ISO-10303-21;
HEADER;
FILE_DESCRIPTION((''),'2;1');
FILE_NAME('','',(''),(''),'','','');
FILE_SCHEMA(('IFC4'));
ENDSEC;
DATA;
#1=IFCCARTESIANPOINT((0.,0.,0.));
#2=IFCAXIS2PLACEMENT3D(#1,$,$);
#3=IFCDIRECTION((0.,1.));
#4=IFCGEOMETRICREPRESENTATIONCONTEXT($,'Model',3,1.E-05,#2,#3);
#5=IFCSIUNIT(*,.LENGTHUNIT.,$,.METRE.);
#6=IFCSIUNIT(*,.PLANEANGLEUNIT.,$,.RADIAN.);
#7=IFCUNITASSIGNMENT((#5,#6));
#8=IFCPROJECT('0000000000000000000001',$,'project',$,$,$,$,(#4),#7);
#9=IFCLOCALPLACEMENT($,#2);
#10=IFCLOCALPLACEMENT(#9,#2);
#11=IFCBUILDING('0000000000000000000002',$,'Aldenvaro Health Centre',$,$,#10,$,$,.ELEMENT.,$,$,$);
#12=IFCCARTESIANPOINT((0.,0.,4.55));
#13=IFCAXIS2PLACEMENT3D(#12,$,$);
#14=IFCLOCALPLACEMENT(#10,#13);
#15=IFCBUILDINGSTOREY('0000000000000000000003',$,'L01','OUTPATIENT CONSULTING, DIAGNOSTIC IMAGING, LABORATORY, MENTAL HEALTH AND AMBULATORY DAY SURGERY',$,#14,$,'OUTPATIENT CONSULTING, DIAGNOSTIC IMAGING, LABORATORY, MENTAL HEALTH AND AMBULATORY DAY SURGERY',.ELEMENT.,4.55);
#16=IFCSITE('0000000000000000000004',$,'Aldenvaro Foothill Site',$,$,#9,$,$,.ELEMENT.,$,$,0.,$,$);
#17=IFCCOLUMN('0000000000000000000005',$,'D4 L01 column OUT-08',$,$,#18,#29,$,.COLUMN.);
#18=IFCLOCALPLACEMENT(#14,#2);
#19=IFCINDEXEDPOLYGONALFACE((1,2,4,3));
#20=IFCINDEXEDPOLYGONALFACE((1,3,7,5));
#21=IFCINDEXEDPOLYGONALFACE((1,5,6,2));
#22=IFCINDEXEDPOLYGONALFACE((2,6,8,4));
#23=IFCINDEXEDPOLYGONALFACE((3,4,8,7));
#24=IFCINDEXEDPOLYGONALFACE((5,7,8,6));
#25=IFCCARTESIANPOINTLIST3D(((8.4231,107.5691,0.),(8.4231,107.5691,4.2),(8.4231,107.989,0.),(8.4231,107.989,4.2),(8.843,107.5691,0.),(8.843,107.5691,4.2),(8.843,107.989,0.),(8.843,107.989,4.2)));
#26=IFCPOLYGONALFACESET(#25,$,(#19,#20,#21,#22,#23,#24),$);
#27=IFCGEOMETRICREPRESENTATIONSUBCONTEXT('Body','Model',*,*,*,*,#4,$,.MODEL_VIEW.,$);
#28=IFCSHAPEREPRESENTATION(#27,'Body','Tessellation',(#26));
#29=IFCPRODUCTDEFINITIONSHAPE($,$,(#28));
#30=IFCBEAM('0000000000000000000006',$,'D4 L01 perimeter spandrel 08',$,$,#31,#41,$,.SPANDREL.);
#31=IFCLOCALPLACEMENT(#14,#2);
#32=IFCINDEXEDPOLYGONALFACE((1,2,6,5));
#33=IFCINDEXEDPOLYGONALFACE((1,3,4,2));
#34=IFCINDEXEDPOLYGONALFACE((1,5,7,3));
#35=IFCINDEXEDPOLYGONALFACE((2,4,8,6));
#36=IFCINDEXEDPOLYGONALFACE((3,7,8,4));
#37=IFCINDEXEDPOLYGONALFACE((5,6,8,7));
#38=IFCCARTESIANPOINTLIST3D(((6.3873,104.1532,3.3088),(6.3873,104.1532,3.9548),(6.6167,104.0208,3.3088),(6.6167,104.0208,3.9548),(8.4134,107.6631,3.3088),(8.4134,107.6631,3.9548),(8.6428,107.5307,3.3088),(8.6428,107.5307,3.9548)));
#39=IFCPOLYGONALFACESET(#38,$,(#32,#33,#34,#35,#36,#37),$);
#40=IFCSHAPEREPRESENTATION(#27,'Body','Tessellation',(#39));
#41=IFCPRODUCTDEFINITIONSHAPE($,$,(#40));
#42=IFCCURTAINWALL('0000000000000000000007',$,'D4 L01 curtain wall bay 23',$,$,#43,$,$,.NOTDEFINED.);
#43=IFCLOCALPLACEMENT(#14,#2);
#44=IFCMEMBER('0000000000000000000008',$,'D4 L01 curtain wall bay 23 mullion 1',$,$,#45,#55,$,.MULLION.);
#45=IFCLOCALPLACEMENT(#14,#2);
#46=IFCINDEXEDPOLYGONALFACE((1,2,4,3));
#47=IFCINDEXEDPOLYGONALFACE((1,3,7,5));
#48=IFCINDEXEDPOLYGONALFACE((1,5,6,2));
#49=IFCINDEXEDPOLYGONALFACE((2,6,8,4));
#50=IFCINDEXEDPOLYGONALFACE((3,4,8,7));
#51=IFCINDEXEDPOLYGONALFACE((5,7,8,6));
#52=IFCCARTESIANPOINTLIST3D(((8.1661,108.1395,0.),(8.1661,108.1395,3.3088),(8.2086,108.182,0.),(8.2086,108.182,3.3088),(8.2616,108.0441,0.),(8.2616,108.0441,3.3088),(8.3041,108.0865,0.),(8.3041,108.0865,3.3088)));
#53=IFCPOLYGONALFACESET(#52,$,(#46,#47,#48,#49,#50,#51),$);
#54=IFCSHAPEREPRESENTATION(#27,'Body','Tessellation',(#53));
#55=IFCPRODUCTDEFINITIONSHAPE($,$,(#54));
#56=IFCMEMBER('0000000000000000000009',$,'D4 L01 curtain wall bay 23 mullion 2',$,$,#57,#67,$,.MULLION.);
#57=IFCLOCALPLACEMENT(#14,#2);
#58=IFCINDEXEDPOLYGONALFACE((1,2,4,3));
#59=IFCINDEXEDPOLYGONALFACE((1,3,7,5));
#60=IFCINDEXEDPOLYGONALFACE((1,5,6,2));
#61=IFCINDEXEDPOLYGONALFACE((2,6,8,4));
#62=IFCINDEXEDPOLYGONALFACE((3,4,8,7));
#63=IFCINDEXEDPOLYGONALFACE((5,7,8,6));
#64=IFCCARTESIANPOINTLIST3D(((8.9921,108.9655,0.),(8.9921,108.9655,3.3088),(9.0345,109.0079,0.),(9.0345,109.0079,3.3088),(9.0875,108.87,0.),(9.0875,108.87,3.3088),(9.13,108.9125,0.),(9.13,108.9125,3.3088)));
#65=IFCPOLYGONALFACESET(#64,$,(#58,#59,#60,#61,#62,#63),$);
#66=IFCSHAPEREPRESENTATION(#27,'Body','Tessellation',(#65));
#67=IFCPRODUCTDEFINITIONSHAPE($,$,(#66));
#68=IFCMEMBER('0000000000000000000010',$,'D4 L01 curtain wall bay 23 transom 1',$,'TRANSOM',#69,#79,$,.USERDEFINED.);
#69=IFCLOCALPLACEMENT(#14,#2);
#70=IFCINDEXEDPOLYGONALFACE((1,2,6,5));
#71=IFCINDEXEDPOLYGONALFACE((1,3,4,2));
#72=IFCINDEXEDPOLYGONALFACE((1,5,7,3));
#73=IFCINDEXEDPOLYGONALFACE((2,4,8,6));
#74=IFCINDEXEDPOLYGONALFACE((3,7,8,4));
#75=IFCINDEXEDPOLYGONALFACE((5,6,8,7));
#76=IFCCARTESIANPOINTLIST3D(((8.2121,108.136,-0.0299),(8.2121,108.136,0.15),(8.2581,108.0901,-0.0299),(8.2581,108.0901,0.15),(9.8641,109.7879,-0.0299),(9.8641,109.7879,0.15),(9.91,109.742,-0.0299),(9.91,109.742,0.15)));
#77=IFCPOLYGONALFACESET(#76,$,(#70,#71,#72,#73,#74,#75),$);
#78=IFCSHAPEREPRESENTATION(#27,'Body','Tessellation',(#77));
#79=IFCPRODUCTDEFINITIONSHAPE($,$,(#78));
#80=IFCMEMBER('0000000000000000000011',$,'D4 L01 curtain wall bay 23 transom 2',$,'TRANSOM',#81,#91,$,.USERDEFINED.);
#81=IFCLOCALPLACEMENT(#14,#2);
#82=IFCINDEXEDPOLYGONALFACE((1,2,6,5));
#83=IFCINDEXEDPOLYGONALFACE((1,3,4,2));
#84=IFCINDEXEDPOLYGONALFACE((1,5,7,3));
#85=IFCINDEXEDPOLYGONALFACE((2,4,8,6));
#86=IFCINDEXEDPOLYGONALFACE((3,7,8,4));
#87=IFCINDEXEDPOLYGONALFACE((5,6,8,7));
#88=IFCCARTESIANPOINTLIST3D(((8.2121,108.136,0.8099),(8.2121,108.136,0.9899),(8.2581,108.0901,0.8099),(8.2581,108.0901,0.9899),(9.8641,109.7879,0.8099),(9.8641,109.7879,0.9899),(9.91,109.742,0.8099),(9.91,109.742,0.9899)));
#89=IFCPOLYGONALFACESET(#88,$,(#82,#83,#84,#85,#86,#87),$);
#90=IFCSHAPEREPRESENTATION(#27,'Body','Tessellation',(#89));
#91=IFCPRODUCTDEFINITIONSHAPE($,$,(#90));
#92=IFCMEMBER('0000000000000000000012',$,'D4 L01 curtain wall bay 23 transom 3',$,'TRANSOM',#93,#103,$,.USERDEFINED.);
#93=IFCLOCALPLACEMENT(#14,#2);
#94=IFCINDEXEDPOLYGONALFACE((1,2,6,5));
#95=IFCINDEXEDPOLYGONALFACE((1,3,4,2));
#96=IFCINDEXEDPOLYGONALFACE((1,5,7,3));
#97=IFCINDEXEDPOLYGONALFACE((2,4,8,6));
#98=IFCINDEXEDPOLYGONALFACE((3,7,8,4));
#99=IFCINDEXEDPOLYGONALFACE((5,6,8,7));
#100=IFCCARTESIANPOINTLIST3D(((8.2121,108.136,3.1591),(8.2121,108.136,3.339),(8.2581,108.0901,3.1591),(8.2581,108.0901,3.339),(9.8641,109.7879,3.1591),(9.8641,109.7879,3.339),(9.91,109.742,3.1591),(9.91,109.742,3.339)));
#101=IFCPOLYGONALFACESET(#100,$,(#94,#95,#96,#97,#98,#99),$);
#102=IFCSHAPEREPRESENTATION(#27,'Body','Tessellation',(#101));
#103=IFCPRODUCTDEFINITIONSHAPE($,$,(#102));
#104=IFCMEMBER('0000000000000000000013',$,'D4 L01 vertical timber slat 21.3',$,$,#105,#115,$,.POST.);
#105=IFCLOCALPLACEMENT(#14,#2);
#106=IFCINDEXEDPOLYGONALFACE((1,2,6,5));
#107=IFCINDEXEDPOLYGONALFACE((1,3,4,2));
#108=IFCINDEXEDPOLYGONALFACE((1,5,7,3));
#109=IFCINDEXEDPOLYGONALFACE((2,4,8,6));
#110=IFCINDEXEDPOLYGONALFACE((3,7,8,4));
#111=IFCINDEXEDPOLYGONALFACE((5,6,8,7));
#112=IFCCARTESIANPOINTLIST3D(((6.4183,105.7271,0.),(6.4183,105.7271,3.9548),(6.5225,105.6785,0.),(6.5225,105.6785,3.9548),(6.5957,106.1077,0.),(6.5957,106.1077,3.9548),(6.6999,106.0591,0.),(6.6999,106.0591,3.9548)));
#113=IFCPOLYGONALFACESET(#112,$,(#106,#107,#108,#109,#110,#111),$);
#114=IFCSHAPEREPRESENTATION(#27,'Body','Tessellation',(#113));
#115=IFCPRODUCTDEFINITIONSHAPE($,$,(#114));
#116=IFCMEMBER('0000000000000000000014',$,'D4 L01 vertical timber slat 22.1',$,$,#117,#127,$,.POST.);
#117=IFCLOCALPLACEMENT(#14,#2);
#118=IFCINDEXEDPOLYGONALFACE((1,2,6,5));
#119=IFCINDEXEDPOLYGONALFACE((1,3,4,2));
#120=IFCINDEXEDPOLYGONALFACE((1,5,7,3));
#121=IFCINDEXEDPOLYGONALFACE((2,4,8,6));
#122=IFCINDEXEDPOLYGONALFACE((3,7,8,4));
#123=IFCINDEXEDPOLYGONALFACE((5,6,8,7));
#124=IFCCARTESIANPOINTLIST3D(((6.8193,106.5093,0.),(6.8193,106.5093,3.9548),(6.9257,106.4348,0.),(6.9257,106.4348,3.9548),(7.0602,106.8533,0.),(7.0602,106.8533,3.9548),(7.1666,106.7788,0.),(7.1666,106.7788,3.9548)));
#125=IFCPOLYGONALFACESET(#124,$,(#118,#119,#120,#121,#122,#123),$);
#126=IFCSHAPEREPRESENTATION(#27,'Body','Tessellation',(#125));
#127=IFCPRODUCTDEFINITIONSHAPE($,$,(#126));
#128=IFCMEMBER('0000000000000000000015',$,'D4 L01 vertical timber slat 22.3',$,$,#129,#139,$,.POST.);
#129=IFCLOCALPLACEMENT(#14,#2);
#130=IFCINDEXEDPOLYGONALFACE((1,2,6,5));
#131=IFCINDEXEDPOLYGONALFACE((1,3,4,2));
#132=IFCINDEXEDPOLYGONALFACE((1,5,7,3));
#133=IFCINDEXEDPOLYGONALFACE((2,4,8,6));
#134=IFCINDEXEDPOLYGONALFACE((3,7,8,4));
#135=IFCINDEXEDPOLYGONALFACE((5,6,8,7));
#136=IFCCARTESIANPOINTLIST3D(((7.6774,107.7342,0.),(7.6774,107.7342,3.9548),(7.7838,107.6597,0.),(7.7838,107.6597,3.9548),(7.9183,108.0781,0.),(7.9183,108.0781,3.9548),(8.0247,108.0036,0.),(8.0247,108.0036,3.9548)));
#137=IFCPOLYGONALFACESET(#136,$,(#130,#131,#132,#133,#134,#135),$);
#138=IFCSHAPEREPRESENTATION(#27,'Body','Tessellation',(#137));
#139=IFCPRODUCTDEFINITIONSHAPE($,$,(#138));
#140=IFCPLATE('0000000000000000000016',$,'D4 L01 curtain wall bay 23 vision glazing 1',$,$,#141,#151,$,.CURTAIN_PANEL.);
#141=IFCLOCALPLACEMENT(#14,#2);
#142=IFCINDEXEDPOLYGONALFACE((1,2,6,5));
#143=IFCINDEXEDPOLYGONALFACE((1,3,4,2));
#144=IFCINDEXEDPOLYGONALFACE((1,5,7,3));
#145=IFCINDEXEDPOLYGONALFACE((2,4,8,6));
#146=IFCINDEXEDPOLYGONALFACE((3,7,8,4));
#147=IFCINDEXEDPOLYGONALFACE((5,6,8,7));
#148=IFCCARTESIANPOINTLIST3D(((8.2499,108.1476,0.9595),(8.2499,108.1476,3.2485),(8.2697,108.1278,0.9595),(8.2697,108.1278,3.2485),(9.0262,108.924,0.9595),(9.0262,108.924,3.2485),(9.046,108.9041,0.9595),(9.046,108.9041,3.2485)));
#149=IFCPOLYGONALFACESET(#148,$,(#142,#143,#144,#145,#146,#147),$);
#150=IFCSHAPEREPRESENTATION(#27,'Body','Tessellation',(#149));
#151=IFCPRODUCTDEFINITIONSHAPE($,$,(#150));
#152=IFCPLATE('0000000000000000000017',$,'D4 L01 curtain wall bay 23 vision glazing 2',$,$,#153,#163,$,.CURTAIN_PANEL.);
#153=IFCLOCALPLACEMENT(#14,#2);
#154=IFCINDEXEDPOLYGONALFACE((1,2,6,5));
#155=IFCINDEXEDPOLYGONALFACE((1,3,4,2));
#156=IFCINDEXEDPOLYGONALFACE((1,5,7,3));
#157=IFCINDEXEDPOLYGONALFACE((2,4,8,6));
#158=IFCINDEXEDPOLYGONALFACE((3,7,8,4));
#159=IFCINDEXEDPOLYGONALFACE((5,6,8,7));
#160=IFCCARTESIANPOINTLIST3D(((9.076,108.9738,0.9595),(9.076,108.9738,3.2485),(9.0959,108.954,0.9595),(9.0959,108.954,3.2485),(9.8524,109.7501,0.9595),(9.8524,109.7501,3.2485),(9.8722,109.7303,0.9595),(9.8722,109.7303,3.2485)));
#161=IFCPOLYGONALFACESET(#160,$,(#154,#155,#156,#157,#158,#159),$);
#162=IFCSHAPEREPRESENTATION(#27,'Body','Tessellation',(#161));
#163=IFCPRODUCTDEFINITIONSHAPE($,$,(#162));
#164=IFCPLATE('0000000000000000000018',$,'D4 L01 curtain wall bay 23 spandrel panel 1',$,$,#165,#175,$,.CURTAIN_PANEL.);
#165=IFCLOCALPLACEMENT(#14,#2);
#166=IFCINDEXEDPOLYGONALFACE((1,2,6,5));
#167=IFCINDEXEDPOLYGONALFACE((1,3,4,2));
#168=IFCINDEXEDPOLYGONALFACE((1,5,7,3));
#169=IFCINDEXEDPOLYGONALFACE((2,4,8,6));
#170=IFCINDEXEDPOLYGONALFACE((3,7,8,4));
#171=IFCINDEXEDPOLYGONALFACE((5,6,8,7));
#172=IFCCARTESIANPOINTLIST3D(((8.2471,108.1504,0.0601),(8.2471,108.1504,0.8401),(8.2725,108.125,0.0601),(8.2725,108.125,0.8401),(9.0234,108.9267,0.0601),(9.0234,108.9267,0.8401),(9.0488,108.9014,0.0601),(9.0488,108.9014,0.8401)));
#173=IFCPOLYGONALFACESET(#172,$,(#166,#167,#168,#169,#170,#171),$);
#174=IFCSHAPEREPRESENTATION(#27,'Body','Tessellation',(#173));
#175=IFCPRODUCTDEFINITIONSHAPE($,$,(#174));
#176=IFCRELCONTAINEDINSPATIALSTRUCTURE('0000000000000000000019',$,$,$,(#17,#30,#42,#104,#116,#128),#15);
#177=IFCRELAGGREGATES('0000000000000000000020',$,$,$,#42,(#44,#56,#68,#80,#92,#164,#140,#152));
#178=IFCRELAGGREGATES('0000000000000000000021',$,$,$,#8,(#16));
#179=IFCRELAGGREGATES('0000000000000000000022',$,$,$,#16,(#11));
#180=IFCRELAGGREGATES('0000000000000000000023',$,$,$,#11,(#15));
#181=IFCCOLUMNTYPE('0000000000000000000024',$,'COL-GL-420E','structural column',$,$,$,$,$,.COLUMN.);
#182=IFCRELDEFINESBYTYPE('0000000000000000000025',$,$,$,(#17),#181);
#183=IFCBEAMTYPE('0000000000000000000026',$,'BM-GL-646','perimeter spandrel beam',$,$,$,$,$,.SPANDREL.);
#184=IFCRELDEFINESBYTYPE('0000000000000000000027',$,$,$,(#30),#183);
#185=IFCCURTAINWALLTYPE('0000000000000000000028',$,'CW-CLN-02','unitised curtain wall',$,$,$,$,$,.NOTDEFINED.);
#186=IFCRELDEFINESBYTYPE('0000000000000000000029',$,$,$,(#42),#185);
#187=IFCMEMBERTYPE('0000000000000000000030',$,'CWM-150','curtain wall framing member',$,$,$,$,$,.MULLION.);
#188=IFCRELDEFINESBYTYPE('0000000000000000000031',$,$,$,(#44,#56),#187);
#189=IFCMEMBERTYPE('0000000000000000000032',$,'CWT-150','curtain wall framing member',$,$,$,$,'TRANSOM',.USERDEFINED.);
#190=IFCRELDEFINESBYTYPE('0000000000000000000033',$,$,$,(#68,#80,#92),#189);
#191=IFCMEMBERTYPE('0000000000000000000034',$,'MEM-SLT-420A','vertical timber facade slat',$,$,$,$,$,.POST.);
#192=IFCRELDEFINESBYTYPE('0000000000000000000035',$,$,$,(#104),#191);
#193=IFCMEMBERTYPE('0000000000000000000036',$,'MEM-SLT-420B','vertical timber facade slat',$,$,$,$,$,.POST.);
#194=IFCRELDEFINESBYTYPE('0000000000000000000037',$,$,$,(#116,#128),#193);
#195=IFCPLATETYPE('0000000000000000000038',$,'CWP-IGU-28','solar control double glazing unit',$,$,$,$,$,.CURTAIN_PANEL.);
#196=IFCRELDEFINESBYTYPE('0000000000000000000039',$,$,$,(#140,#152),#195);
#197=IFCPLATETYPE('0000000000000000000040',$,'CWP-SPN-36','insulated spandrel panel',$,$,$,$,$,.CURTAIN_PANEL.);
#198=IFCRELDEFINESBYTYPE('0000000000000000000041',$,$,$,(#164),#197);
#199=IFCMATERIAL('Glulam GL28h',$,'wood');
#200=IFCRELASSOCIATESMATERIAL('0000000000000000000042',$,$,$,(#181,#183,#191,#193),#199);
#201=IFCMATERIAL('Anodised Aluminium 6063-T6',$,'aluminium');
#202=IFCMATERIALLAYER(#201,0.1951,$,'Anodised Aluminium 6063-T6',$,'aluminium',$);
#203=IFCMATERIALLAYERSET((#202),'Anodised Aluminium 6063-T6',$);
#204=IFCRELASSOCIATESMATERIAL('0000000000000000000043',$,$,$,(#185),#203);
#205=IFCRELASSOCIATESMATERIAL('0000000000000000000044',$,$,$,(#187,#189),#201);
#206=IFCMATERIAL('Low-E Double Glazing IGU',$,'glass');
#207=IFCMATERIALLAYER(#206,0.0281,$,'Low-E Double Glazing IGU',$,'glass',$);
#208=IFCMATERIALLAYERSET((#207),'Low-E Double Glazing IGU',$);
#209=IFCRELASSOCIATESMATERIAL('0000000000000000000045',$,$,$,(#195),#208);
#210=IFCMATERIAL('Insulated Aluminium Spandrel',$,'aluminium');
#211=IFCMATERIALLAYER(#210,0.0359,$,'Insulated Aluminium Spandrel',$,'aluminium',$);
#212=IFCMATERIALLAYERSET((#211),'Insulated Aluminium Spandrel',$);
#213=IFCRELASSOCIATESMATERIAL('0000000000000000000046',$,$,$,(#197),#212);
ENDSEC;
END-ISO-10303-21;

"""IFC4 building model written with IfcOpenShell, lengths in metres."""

from ifc_helpers import new_model, si_unit, direction, frame, origin, origin_2d, place, context, subcontext, project, spatial, rectangle, extrude, material, layer, layer_set, material_profile, profile_set, type_object, element, aggregate, save


model = new_model("IFC4")

# Units and contexts
model_context = context("Model", 3, precision=1e-05, world=origin(), true_north=direction((0.0, 1.0)))
body_context = subcontext(model_context, "Body", "Model", "MODEL_VIEW")
ifc_project = project(units=[si_unit("LENGTHUNIT", "METRE"), si_unit("PLANEANGLEUNIT", "RADIAN")], contexts=[model_context])

# Site, building, storey
site_placement = place(None, origin())
site = spatial("IfcSite", under=ifc_project, at=site_placement, Name="Aldenvaro Foothill Site", CompositionType="ELEMENT", RefElevation=0.0)
building_placement = place(site_placement, origin())
building = spatial("IfcBuilding", under=site, at=building_placement, Name="Aldenvaro Health Centre", CompositionType="ELEMENT")
storey_placement = place(building_placement, frame((0.0, 0.0, 4.55)))
storey = spatial("IfcBuildingStorey", under=building, at=storey_placement, Name="L01", Description="OUTPATIENT CONSULTING, DIAGNOSTIC IMAGING, LABORATORY, MENTAL HEALTH AND AMBULATORY DAY SURGERY", LongName="OUTPATIENT CONSULTING, DIAGNOSTIC IMAGING, LABORATORY, MENTAL HEALTH AND AMBULATORY DAY SURGERY", CompositionType="ELEMENT", Elevation=4.55)

# Column
ifc_material_1 = material(Name="Glulam GL28h", Category="wood")
ifc_material_profile_1 = material_profile(ifc_material_1, rectangle(XDim=0.4199, YDim=0.4199, at=origin_2d()), Name="GL 420x420", Category="wood")
ifc_profile_set_1 = profile_set([ifc_material_profile_1], Name="Glulam GL28h")
column_type = type_object("IfcColumnType", Name="COL-GL-420E", Description="structural column", PredefinedType="COLUMN", material=ifc_profile_set_1)
column_placement = place(storey_placement, frame((8.6331, 107.7791, 0.0), z_axis=(0.0, 0.0, 1.0), x_axis=(1.0, 0.0, 0.0)))
element("IfcColumn", 1, at=column_placement, inside=storey, type_object=column_type, Name="D4 L01 column OUT-08", PredefinedType="COLUMN", context=body_context, shape_type="SweptSolid", body=[
    extrude(rectangle(XDim=0.4199, YDim=0.4199, at=origin_2d()), origin(), (0.0, 0.0, 1.0), 4.2),
])

# Beam
ifc_material_profile_2 = material_profile(ifc_material_1, rectangle(XDim=0.2649, YDim=0.646, at=origin_2d()), Name="GL 265x646", Category="wood")
ifc_profile_set_2 = profile_set([ifc_material_profile_2], Name="Glulam GL28h")
beam_type = type_object("IfcBeamType", Name="BM-GL-646", Description="perimeter spandrel beam", PredefinedType="SPANDREL", material=ifc_profile_set_2)
beam_placement = place(storey_placement, frame((8.5281, 107.5969, 3.6318), z_axis=(-0.499929, -0.866066, 0.0), x_axis=(0.866066, -0.499929, 0.0)))
element("IfcBeam", 2, at=beam_placement, inside=storey, type_object=beam_type, Name="D4 L01 perimeter spandrel 08", PredefinedType="SPANDREL", context=body_context, shape_type="SweptSolid", body=[
    extrude(rectangle(XDim=0.2649, YDim=0.646, at=origin_2d()), origin(), (0.0, 0.0, 1.0), 4.0527),
])

# Curtain wall, members
ifc_material_2 = material(Name="Anodised Aluminium 6063-T6", Category="aluminium")
ifc_layer_1 = layer(ifc_material_2, 0.1951, Name="Anodised Aluminium 6063-T6", Category="aluminium")
ifc_layer_set_1 = layer_set([ifc_layer_1], Name="Anodised Aluminium 6063-T6")
curtain_wall_type = type_object("IfcCurtainWallType", Name="CW-CLN-02", Description="unitised curtain wall", PredefinedType="NOTDEFINED", material=ifc_layer_set_1)
curtain_wall_placement = place(storey_placement, origin())
curtain_wall = element("IfcCurtainWall", 3, at=curtain_wall_placement, inside=storey, type_object=curtain_wall_type, Name="D4 L01 curtain wall bay 23", PredefinedType="NOTDEFINED")
ifc_material_profile_3 = material_profile(ifc_material_2, rectangle(XDim=0.0601, YDim=0.135, at=origin_2d()), Name="ALU 60x135", Category="aluminium")
ifc_profile_set_3 = profile_set([ifc_material_profile_3], Name="Anodised Aluminium 6063-T6")
member_type_1 = type_object("IfcMemberType", Name="CWM-150", Description="curtain wall framing member", PredefinedType="MULLION", material=ifc_profile_set_3)
member_1_placement = place(storey_placement, frame((8.2351, 108.113, 0.0), z_axis=(0.0, 0.0, 1.0), x_axis=(0.707107, 0.707107, 0.0)))
member_1 = element("IfcMember", 4, at=member_1_placement, type_object=member_type_1, Name="D4 L01 curtain wall bay 23 mullion 1", PredefinedType="MULLION", context=body_context, shape_type="SweptSolid", body=[
    extrude(rectangle(XDim=0.0601, YDim=0.135, at=origin_2d()), origin(), (0.0, 0.0, 1.0), 3.3088),
])
member_2_placement = place(storey_placement, frame((9.061, 108.939, 0.0), z_axis=(0.0, 0.0, 1.0), x_axis=(0.707107, 0.707107, 0.0)))
member_2 = element("IfcMember", 5, at=member_2_placement, type_object=member_type_1, Name="D4 L01 curtain wall bay 23 mullion 2", PredefinedType="MULLION", context=body_context, shape_type="SweptSolid", body=[
    extrude(rectangle(XDim=0.0601, YDim=0.135, at=origin_2d()), origin(), (0.0, 0.0, 1.0), 3.3088),
])
ifc_material_profile_4 = material_profile(ifc_material_2, rectangle(XDim=0.0649, YDim=0.1799, at=origin_2d()), Name="ALU 65x180", Category="aluminium")
ifc_profile_set_4 = profile_set([ifc_material_profile_4], Name="Anodised Aluminium 6063-T6")
member_type_2 = type_object("IfcMemberType", Name="CWT-150", Description="curtain wall framing member", ElementType="TRANSOM", PredefinedType="USERDEFINED", material=ifc_profile_set_4)
member_3_placement = place(storey_placement, frame((8.2351, 108.113, 0.0601), z_axis=(0.707107, 0.707107, 0.0), x_axis=(-0.707107, 0.707107, 0.0)))
member_3 = element("IfcMember", 6, at=member_3_placement, type_object=member_type_2, Name="D4 L01 curtain wall bay 23 transom 1", ObjectType="TRANSOM", PredefinedType="USERDEFINED", context=body_context, shape_type="SweptSolid", body=[
    extrude(rectangle(XDim=0.0649, YDim=0.1799, at=origin_2d()), origin(), (0.0, 0.0, 1.0), 2.3362),
])
member_4_placement = place(storey_placement, frame((8.2351, 108.113, 0.8999), z_axis=(0.707107, 0.707107, 0.0), x_axis=(-0.707107, 0.707107, 0.0)))
member_4 = element("IfcMember", 7, at=member_4_placement, type_object=member_type_2, Name="D4 L01 curtain wall bay 23 transom 2", ObjectType="TRANSOM", PredefinedType="USERDEFINED", context=body_context, shape_type="SweptSolid", body=[
    extrude(rectangle(XDim=0.0649, YDim=0.1799, at=origin_2d()), origin(), (0.0, 0.0, 1.0), 2.3362),
])
member_5_placement = place(storey_placement, frame((8.2351, 108.113, 3.249), z_axis=(0.707107, 0.707107, 0.0), x_axis=(-0.707107, 0.707107, 0.0)))
member_5 = element("IfcMember", 8, at=member_5_placement, type_object=member_type_2, Name="D4 L01 curtain wall bay 23 transom 3", ObjectType="TRANSOM", PredefinedType="USERDEFINED", context=body_context, shape_type="SweptSolid", body=[
    extrude(rectangle(XDim=0.0649, YDim=0.1799, at=origin_2d()), origin(), (0.0, 0.0, 1.0), 2.3362),
])

# Members
ifc_material_profile_5 = material_profile(ifc_material_1, rectangle(XDim=0.115, YDim=0.4199, at=origin_2d()), Name="GL 115x420", Category="wood")
ifc_profile_set_5 = profile_set([ifc_material_profile_5], Name="Glulam GL28h")
member_type_3 = type_object("IfcMemberType", Name="MEM-SLT-420A", Description="vertical timber facade slat", PredefinedType="POST", material=ifc_profile_set_5)
member_6_placement = place(storey_placement, frame((6.5591, 105.8931, 0.0), z_axis=(0.0, 0.0, 1.0), x_axis=(-0.906336, 0.422557, 0.0)))
element("IfcMember", 9, at=member_6_placement, inside=storey, type_object=member_type_3, Name="D4 L01 vertical timber slat 21.3", PredefinedType="POST", context=body_context, shape_type="SweptSolid", body=[
    extrude(rectangle(XDim=0.115, YDim=0.4199, at=origin_2d()), origin(), (0.0, 0.0, 1.0), 3.9548),
])
ifc_material_profile_6 = material_profile(ifc_material_1, rectangle(XDim=0.1299, YDim=0.4199, at=origin_2d()), Name="GL 130x420", Category="wood")
ifc_profile_set_6 = profile_set([ifc_material_profile_6], Name="Glulam GL28h")
member_type_4 = type_object("IfcMemberType", Name="MEM-SLT-420B", Description="vertical timber facade slat", PredefinedType="POST", material=ifc_profile_set_6)
for number, where, z_axis, x_axis, name in (
    (10, (6.9929, 106.644, 0.0), (0.0, 0.0, 1.0), (-0.819051, 0.573721, 0.0), "D4 L01 vertical timber slat 22.1"),
    (11, (7.8511, 107.8689, 0.0), (0.0, 0.0, 1.0), (-0.819051, 0.573721, 0.0), "D4 L01 vertical timber slat 22.3"),
):
    element("IfcMember", number, at=place(storey_placement, frame(where, z_axis=z_axis, x_axis=x_axis)), inside=storey, type_object=member_type_4, Name=name, PredefinedType="POST", context=body_context, shape_type="SweptSolid", body=[
        extrude(rectangle(XDim=0.1299, YDim=0.4199, at=origin_2d()), origin(), (0.0, 0.0, 1.0), 3.9548),
    ])

# Plates
ifc_material_3 = material(Name="Low-E Double Glazing IGU", Category="glass")
ifc_layer_2 = layer(ifc_material_3, 0.0281, Name="Low-E Double Glazing IGU", Category="glass")
ifc_layer_set_2 = layer_set([ifc_layer_2], Name="Low-E Double Glazing IGU")
plate_type_1 = type_object("IfcPlateType", Name="CWP-IGU-28", Description="solar control double glazing unit", PredefinedType="CURTAIN_PANEL", material=ifc_layer_set_2)
plate_1_placement = place(storey_placement, frame((8.6479, 108.5259, 0.9595), z_axis=(0.0, 0.0, 1.0), x_axis=(0.707107, 0.707107, 0.0)))
plate_1 = element("IfcPlate", 12, at=plate_1_placement, type_object=plate_type_1, Name="D4 L01 curtain wall bay 23 vision glazing 1", PredefinedType="CURTAIN_PANEL", context=body_context, shape_type="SweptSolid", body=[
    extrude(rectangle(XDim=1.0979, YDim=0.0281, at=origin_2d()), origin(), (0.0, 0.0, 1.0), 2.2891),
])
plate_2_placement = place(storey_placement, frame((9.4741, 109.3521, 0.9595), z_axis=(0.0, 0.0, 1.0), x_axis=(0.707107, 0.707107, 0.0)))
plate_2 = element("IfcPlate", 13, at=plate_2_placement, type_object=plate_type_1, Name="D4 L01 curtain wall bay 23 vision glazing 2", PredefinedType="CURTAIN_PANEL", context=body_context, shape_type="SweptSolid", body=[
    extrude(rectangle(XDim=1.0979, YDim=0.0281, at=origin_2d()), origin(), (0.0, 0.0, 1.0), 2.2891),
])
ifc_material_4 = material(Name="Insulated Aluminium Spandrel", Category="aluminium")
ifc_layer_3 = layer(ifc_material_4, 0.0359, Name="Insulated Aluminium Spandrel", Category="aluminium")
ifc_layer_set_3 = layer_set([ifc_layer_3], Name="Insulated Aluminium Spandrel")
plate_type_2 = type_object("IfcPlateType", Name="CWP-SPN-36", Description="insulated spandrel panel", PredefinedType="CURTAIN_PANEL", material=ifc_layer_set_3)
plate_3_placement = place(storey_placement, frame((8.6479, 108.5259, 0.0601), z_axis=(0.0, 0.0, 1.0), x_axis=(0.707107, 0.707107, 0.0)))
plate_3 = element("IfcPlate", 14, at=plate_3_placement, type_object=plate_type_2, Name="D4 L01 curtain wall bay 23 spandrel panel 1", PredefinedType="CURTAIN_PANEL", context=body_context, shape_type="SweptSolid", body=[
    extrude(rectangle(XDim=1.0979, YDim=0.0359, at=origin_2d()), origin(), (0.0, 0.0, 1.0), 0.78),
])
aggregate(curtain_wall, [member_1, member_2, member_3, member_4, member_5, plate_3, plate_1, plate_2])

save(model, "model.ifc")
